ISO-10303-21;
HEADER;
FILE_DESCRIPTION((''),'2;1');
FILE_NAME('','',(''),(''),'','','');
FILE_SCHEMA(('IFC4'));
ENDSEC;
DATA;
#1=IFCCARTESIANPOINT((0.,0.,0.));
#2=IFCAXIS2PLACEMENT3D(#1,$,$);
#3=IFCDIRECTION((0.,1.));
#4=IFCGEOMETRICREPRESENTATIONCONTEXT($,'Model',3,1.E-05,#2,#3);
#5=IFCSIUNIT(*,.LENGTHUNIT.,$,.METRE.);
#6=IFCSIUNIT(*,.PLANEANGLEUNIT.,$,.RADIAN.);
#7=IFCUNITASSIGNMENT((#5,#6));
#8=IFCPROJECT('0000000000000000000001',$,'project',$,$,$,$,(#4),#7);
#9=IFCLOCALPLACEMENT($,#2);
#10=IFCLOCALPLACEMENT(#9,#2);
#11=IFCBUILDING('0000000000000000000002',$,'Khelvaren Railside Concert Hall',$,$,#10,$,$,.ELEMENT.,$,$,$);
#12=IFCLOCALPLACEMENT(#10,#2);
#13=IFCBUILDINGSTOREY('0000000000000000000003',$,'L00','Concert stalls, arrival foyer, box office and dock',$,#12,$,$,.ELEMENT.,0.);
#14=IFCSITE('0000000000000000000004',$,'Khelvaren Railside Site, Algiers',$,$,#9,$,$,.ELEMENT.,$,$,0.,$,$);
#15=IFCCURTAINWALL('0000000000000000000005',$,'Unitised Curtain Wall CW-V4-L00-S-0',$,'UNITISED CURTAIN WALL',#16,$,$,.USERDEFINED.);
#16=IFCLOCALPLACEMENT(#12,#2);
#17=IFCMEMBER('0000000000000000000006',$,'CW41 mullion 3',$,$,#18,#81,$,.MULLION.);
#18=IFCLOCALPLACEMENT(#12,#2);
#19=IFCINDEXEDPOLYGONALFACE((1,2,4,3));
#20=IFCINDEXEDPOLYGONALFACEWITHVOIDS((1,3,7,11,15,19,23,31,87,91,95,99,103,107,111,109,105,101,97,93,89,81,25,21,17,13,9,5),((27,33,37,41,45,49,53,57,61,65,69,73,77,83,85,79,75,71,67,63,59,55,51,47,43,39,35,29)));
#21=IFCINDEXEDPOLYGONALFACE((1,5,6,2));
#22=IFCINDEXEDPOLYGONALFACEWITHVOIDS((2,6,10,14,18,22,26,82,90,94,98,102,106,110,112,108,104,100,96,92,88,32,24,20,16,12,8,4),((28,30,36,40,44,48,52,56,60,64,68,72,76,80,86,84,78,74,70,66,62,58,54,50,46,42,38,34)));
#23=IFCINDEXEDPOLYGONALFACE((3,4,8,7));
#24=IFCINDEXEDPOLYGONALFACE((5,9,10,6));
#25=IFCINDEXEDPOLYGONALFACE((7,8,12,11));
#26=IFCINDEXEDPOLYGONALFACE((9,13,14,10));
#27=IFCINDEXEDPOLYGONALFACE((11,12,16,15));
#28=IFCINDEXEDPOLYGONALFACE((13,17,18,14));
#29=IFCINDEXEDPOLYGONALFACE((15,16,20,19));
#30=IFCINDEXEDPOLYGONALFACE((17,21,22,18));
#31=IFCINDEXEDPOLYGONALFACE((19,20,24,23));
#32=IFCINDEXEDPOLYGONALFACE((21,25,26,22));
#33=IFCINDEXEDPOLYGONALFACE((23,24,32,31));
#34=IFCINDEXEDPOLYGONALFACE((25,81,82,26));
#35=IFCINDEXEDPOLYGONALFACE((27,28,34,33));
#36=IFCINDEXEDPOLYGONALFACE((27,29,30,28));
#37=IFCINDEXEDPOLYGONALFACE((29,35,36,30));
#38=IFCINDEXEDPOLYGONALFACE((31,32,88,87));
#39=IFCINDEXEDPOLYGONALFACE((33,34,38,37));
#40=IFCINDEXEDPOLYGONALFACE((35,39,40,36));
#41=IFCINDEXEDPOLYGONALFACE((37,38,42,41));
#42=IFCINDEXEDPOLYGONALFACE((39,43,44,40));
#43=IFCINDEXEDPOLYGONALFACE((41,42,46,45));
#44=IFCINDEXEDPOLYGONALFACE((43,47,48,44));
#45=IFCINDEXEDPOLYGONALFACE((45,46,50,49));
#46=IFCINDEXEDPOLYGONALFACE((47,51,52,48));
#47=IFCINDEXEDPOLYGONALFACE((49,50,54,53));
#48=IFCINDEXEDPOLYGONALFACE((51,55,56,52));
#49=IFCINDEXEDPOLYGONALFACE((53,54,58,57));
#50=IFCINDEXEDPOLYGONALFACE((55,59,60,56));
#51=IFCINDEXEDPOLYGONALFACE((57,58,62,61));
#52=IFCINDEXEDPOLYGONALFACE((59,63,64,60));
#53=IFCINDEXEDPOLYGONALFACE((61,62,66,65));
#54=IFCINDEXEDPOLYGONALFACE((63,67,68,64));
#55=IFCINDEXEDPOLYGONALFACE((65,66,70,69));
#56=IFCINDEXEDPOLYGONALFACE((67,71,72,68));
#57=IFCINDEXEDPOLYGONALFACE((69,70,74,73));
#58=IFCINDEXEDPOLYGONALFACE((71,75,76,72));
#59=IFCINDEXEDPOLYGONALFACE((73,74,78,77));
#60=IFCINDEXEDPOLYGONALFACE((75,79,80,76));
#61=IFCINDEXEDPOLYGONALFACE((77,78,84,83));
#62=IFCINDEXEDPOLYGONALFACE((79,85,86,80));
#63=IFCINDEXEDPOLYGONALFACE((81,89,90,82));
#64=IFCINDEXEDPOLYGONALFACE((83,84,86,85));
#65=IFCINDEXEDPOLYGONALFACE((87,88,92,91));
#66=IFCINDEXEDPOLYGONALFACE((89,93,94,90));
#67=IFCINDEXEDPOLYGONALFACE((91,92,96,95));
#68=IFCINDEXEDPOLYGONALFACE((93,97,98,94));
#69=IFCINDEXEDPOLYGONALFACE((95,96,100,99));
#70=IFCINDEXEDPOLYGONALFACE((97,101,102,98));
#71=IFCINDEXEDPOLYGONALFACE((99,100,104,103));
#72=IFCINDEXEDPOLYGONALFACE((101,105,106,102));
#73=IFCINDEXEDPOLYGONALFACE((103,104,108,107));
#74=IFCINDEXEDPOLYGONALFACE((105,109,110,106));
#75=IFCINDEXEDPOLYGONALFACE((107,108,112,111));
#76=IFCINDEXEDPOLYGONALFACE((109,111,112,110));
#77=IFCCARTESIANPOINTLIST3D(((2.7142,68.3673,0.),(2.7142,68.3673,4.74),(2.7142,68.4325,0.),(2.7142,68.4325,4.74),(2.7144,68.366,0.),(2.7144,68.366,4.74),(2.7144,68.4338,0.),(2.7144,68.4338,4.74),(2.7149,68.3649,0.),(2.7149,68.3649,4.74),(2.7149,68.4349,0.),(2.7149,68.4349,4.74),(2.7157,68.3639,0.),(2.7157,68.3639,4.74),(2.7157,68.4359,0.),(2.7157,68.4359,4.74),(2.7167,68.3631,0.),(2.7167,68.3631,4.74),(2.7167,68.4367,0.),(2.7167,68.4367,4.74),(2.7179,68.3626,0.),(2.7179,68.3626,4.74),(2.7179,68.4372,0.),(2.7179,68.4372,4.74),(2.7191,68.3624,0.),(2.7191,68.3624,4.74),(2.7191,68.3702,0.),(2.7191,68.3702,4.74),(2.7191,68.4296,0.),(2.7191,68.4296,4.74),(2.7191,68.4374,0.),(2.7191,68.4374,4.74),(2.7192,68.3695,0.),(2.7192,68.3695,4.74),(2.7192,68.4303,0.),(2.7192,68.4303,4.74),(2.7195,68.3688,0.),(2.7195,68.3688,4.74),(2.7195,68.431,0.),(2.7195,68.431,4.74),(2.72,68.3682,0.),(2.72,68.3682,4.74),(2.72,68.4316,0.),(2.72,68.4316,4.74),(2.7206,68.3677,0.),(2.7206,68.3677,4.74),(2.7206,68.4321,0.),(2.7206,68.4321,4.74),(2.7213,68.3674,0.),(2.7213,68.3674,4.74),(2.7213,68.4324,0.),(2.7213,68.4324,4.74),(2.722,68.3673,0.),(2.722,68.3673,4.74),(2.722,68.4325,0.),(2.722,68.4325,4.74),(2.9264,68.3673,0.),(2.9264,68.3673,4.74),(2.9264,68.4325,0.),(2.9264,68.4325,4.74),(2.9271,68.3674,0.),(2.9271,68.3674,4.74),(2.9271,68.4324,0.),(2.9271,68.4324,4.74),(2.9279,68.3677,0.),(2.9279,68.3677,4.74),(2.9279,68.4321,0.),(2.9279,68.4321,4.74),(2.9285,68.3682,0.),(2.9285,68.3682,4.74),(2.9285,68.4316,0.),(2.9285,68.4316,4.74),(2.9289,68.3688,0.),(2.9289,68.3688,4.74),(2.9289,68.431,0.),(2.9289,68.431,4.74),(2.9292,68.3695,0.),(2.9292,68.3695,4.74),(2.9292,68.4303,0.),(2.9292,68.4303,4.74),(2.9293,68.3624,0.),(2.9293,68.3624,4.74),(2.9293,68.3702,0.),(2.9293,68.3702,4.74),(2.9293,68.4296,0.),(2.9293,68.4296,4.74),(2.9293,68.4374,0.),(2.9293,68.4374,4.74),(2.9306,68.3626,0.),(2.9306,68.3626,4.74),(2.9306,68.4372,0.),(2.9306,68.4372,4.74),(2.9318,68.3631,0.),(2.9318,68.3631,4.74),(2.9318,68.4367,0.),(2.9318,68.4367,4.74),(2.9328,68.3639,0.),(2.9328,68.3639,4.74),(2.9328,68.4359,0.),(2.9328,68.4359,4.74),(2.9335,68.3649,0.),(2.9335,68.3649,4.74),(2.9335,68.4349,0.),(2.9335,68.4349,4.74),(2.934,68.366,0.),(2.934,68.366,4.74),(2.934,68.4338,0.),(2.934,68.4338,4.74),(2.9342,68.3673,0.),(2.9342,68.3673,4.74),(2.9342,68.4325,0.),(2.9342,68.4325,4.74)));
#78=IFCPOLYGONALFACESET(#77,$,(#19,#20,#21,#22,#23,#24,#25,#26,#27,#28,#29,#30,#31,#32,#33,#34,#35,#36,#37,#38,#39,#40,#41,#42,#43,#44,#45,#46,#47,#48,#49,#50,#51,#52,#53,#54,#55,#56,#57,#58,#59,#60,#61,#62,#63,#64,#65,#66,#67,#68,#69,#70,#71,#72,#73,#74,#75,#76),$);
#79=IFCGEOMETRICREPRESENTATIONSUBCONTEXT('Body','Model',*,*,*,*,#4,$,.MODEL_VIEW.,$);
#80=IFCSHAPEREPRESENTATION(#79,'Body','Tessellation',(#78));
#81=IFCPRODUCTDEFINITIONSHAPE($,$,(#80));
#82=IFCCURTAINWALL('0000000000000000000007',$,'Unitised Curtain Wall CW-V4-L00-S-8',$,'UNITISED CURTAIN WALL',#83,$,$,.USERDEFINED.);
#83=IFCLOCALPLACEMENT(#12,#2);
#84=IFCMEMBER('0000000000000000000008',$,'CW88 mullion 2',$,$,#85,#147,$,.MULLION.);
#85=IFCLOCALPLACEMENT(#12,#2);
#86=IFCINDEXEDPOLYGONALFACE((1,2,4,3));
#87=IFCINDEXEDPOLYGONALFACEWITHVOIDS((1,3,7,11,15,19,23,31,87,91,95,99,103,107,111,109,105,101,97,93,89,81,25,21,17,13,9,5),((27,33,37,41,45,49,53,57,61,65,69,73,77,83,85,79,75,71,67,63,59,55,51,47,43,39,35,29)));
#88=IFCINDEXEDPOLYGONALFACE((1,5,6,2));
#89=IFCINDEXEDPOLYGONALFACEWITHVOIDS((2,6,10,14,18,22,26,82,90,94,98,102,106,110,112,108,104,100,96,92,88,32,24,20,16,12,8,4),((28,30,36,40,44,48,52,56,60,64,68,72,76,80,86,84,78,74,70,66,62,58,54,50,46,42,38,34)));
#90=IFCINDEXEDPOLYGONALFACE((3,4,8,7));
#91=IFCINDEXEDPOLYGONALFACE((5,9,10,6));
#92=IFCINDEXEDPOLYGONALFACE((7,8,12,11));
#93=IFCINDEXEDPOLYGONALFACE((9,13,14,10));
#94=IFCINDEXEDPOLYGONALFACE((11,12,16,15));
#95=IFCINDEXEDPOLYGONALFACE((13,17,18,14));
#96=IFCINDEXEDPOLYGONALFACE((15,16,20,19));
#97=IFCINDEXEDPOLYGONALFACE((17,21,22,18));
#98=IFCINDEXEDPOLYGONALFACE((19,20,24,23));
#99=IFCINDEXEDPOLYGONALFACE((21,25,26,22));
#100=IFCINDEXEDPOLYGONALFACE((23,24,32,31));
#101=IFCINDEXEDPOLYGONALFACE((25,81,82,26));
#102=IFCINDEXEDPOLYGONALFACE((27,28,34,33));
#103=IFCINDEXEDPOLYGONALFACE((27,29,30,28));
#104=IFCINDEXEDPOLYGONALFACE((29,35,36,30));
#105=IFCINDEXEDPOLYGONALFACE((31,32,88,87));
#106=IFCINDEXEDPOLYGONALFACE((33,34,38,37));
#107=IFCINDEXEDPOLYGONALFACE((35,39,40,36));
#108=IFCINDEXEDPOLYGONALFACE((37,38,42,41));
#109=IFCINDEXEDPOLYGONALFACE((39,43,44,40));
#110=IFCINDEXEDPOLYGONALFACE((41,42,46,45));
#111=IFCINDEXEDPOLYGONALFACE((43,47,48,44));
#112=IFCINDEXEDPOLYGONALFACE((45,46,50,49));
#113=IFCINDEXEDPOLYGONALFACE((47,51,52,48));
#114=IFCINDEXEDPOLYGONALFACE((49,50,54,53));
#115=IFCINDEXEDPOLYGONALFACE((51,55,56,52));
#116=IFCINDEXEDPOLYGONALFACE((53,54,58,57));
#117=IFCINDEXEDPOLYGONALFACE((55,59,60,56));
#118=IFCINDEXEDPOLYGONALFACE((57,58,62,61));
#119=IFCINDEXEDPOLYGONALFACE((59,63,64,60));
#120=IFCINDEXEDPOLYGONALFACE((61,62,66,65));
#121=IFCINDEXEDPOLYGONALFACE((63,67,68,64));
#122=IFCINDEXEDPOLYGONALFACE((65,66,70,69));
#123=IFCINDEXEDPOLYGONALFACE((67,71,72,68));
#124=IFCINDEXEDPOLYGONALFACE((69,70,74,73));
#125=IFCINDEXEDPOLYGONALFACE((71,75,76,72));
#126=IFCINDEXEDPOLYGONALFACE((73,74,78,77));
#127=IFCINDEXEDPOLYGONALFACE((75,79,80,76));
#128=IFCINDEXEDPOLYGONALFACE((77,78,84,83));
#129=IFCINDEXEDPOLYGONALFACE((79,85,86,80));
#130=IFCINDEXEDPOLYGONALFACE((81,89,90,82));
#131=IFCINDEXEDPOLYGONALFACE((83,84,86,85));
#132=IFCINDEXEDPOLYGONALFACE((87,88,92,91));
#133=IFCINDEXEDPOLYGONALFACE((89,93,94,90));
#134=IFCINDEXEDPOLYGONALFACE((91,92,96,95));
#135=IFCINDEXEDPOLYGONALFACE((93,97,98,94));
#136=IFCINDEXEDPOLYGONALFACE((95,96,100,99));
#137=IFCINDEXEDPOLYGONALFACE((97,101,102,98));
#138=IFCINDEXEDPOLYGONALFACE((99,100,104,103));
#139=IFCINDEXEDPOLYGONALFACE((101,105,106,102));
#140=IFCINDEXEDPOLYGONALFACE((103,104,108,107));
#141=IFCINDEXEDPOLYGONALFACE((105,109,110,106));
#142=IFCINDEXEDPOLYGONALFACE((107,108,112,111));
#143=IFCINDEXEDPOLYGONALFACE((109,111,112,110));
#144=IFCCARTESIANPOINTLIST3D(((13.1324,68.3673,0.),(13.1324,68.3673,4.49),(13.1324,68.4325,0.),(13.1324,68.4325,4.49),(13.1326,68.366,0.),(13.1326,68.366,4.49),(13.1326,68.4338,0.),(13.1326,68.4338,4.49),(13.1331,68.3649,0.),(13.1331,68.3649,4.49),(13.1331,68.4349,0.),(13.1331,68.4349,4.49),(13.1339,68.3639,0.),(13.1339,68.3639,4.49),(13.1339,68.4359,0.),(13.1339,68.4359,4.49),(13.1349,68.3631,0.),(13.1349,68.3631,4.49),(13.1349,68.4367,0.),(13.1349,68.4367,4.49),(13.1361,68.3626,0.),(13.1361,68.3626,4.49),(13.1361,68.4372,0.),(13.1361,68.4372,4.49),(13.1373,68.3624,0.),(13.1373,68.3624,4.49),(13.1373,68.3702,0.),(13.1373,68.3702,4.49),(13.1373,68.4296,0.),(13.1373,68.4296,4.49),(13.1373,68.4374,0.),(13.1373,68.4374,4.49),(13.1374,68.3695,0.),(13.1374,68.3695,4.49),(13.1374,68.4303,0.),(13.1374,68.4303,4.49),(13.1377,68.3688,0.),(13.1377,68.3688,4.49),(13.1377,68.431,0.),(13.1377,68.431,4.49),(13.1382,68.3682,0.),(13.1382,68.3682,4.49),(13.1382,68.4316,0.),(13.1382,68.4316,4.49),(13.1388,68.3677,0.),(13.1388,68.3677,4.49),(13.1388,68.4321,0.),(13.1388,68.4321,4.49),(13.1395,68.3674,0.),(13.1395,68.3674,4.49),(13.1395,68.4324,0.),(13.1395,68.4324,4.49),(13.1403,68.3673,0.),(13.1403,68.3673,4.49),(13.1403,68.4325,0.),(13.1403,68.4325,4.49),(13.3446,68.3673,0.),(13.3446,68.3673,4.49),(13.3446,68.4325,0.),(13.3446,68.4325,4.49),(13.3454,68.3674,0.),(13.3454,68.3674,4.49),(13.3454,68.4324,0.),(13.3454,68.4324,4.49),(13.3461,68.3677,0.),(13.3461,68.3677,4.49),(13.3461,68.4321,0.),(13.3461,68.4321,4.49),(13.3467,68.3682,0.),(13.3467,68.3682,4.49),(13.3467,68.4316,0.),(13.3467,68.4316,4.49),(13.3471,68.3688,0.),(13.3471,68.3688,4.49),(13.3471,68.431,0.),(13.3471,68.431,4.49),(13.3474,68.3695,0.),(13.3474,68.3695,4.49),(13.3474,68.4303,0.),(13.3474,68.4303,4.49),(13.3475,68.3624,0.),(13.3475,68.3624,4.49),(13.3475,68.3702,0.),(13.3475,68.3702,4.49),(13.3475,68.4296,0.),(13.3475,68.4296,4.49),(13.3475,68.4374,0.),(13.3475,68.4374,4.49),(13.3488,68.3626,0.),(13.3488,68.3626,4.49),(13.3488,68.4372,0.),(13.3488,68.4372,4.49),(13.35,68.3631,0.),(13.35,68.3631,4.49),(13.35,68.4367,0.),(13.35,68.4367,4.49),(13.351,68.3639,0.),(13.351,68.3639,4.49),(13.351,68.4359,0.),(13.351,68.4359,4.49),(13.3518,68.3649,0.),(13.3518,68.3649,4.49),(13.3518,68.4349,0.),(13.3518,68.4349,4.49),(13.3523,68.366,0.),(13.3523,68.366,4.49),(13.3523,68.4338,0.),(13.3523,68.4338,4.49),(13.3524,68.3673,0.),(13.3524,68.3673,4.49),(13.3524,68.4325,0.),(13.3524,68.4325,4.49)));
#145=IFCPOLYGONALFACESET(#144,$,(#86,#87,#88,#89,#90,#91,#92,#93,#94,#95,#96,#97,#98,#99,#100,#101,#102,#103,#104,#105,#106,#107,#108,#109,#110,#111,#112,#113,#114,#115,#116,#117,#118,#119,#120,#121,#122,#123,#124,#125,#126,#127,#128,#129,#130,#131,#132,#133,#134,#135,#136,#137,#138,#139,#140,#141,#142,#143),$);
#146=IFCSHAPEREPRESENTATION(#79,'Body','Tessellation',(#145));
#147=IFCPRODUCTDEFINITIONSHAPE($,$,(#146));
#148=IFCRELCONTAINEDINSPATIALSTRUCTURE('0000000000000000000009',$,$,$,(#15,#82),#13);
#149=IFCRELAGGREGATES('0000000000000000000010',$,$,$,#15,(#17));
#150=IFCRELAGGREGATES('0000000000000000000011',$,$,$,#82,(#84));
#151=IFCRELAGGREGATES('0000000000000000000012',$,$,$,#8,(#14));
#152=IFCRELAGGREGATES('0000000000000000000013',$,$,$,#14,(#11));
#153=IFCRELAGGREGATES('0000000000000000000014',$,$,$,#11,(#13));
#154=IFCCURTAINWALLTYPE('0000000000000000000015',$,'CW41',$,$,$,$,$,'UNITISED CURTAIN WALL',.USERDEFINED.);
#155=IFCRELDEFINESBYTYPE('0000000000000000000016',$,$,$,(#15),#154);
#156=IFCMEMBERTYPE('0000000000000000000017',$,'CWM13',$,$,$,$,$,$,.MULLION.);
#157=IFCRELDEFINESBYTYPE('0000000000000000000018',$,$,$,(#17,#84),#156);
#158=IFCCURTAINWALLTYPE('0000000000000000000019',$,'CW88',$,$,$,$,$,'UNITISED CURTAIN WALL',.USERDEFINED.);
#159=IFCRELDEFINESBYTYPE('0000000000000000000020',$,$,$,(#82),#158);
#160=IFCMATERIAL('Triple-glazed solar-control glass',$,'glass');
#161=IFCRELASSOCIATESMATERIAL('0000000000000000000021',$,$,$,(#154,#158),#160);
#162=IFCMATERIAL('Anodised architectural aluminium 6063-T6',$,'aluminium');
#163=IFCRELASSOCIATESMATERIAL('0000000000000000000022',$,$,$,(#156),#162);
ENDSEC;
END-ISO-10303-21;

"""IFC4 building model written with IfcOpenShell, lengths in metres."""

from ifc_helpers import new_model, si_unit, direction, frame, origin, origin_2d, place, context, subcontext, project, spatial, hollow_rectangle, extrude, material, material_profile, profile_set, type_object, element, aggregate, save


model = new_model("IFC4")

# Units and contexts
model_context = context("Model", 3, precision=1e-05, world=origin(), true_north=direction((0.0, 1.0)))
body_context = subcontext(model_context, "Body", "Model", "MODEL_VIEW")
ifc_project = project(units=[si_unit("LENGTHUNIT", "METRE"), si_unit("PLANEANGLEUNIT", "RADIAN")], contexts=[model_context])

# Site, building, storey
site_placement = place(None, origin())
site = spatial("IfcSite", under=ifc_project, at=site_placement, Name="Khelvaren Railside Site, Algiers", CompositionType="ELEMENT", RefElevation=0.0)
building_placement = place(site_placement, origin())
building = spatial("IfcBuilding", under=site, at=building_placement, Name="Khelvaren Railside Concert Hall", CompositionType="ELEMENT")
storey_placement = place(building_placement, origin())
storey = spatial("IfcBuildingStorey", under=building, at=storey_placement, Name="L00", Description="Concert stalls, arrival foyer, box office and dock", CompositionType="ELEMENT", Elevation=0.0)

# Curtain walls, members
ifc_material_1 = material(Name="Triple-glazed solar-control glass", Category="glass")
curtain_wall_type_1 = type_object("IfcCurtainWallType", Name="CW41", ElementType="UNITISED CURTAIN WALL", PredefinedType="USERDEFINED", material=ifc_material_1)
curtain_wall_1_placement = place(storey_placement, origin())
curtain_wall_1 = element("IfcCurtainWall", 1, at=curtain_wall_1_placement, inside=storey, type_object=curtain_wall_type_1, Name="Unitised Curtain Wall CW-V4-L00-S-0", ObjectType="UNITISED CURTAIN WALL", PredefinedType="USERDEFINED")
ifc_material_2 = material(Name="Anodised architectural aluminium 6063-T6", Category="aluminium")
ifc_material_profile_1 = material_profile(ifc_material_2, hollow_rectangle(XDim=0.075, YDim=0.22, WallThickness=0.0049, InnerFilletRadius=0.0029, OuterFilletRadius=0.0049, at=origin_2d()), Name="CWM 75x220x5")
ifc_profile_set_1 = profile_set([ifc_material_profile_1], Name="Anodised architectural aluminium 6063-T6")
member_type_1 = type_object("IfcMemberType", Name="CWM13", PredefinedType="MULLION", material=ifc_profile_set_1)
member_1_placement = place(storey_placement, frame((2.8242, 68.3999, 0.0), z_axis=(0.0, 0.0, 1.0), x_axis=(0.0, -1.0, 0.0)))
member_1 = element("IfcMember", 2, at=member_1_placement, type_object=member_type_1, Name="CW41 mullion 3", PredefinedType="MULLION", context=body_context, shape_type="SweptSolid", body=[
    extrude(hollow_rectangle(XDim=0.075, YDim=0.22, WallThickness=0.0049, InnerFilletRadius=0.0029, OuterFilletRadius=0.0049, at=origin_2d()), origin(), (0.0, 0.0, 1.0), 4.74),
])
curtain_wall_type_2 = type_object("IfcCurtainWallType", Name="CW88", ElementType="UNITISED CURTAIN WALL", PredefinedType="USERDEFINED", material=ifc_material_1)
curtain_wall_2_placement = place(storey_placement, origin())
curtain_wall_2 = element("IfcCurtainWall", 3, at=curtain_wall_2_placement, inside=storey, type_object=curtain_wall_type_2, Name="Unitised Curtain Wall CW-V4-L00-S-8", ObjectType="UNITISED CURTAIN WALL", PredefinedType="USERDEFINED")
member_2_placement = place(storey_placement, frame((13.2424, 68.3999, 0.0), z_axis=(0.0, 0.0, 1.0), x_axis=(0.0, -1.0, 0.0)))
member_2 = element("IfcMember", 4, at=member_2_placement, type_object=member_type_1, Name="CW88 mullion 2", PredefinedType="MULLION", context=body_context, shape_type="SweptSolid", body=[
    extrude(hollow_rectangle(XDim=0.075, YDim=0.22, WallThickness=0.0049, InnerFilletRadius=0.0029, OuterFilletRadius=0.0049, at=origin_2d()), origin(), (0.0, 0.0, 1.0), 4.49),
])

aggregate(curtain_wall_1, [member_1])
aggregate(curtain_wall_2, [member_2])

save(model, "model.ifc")
